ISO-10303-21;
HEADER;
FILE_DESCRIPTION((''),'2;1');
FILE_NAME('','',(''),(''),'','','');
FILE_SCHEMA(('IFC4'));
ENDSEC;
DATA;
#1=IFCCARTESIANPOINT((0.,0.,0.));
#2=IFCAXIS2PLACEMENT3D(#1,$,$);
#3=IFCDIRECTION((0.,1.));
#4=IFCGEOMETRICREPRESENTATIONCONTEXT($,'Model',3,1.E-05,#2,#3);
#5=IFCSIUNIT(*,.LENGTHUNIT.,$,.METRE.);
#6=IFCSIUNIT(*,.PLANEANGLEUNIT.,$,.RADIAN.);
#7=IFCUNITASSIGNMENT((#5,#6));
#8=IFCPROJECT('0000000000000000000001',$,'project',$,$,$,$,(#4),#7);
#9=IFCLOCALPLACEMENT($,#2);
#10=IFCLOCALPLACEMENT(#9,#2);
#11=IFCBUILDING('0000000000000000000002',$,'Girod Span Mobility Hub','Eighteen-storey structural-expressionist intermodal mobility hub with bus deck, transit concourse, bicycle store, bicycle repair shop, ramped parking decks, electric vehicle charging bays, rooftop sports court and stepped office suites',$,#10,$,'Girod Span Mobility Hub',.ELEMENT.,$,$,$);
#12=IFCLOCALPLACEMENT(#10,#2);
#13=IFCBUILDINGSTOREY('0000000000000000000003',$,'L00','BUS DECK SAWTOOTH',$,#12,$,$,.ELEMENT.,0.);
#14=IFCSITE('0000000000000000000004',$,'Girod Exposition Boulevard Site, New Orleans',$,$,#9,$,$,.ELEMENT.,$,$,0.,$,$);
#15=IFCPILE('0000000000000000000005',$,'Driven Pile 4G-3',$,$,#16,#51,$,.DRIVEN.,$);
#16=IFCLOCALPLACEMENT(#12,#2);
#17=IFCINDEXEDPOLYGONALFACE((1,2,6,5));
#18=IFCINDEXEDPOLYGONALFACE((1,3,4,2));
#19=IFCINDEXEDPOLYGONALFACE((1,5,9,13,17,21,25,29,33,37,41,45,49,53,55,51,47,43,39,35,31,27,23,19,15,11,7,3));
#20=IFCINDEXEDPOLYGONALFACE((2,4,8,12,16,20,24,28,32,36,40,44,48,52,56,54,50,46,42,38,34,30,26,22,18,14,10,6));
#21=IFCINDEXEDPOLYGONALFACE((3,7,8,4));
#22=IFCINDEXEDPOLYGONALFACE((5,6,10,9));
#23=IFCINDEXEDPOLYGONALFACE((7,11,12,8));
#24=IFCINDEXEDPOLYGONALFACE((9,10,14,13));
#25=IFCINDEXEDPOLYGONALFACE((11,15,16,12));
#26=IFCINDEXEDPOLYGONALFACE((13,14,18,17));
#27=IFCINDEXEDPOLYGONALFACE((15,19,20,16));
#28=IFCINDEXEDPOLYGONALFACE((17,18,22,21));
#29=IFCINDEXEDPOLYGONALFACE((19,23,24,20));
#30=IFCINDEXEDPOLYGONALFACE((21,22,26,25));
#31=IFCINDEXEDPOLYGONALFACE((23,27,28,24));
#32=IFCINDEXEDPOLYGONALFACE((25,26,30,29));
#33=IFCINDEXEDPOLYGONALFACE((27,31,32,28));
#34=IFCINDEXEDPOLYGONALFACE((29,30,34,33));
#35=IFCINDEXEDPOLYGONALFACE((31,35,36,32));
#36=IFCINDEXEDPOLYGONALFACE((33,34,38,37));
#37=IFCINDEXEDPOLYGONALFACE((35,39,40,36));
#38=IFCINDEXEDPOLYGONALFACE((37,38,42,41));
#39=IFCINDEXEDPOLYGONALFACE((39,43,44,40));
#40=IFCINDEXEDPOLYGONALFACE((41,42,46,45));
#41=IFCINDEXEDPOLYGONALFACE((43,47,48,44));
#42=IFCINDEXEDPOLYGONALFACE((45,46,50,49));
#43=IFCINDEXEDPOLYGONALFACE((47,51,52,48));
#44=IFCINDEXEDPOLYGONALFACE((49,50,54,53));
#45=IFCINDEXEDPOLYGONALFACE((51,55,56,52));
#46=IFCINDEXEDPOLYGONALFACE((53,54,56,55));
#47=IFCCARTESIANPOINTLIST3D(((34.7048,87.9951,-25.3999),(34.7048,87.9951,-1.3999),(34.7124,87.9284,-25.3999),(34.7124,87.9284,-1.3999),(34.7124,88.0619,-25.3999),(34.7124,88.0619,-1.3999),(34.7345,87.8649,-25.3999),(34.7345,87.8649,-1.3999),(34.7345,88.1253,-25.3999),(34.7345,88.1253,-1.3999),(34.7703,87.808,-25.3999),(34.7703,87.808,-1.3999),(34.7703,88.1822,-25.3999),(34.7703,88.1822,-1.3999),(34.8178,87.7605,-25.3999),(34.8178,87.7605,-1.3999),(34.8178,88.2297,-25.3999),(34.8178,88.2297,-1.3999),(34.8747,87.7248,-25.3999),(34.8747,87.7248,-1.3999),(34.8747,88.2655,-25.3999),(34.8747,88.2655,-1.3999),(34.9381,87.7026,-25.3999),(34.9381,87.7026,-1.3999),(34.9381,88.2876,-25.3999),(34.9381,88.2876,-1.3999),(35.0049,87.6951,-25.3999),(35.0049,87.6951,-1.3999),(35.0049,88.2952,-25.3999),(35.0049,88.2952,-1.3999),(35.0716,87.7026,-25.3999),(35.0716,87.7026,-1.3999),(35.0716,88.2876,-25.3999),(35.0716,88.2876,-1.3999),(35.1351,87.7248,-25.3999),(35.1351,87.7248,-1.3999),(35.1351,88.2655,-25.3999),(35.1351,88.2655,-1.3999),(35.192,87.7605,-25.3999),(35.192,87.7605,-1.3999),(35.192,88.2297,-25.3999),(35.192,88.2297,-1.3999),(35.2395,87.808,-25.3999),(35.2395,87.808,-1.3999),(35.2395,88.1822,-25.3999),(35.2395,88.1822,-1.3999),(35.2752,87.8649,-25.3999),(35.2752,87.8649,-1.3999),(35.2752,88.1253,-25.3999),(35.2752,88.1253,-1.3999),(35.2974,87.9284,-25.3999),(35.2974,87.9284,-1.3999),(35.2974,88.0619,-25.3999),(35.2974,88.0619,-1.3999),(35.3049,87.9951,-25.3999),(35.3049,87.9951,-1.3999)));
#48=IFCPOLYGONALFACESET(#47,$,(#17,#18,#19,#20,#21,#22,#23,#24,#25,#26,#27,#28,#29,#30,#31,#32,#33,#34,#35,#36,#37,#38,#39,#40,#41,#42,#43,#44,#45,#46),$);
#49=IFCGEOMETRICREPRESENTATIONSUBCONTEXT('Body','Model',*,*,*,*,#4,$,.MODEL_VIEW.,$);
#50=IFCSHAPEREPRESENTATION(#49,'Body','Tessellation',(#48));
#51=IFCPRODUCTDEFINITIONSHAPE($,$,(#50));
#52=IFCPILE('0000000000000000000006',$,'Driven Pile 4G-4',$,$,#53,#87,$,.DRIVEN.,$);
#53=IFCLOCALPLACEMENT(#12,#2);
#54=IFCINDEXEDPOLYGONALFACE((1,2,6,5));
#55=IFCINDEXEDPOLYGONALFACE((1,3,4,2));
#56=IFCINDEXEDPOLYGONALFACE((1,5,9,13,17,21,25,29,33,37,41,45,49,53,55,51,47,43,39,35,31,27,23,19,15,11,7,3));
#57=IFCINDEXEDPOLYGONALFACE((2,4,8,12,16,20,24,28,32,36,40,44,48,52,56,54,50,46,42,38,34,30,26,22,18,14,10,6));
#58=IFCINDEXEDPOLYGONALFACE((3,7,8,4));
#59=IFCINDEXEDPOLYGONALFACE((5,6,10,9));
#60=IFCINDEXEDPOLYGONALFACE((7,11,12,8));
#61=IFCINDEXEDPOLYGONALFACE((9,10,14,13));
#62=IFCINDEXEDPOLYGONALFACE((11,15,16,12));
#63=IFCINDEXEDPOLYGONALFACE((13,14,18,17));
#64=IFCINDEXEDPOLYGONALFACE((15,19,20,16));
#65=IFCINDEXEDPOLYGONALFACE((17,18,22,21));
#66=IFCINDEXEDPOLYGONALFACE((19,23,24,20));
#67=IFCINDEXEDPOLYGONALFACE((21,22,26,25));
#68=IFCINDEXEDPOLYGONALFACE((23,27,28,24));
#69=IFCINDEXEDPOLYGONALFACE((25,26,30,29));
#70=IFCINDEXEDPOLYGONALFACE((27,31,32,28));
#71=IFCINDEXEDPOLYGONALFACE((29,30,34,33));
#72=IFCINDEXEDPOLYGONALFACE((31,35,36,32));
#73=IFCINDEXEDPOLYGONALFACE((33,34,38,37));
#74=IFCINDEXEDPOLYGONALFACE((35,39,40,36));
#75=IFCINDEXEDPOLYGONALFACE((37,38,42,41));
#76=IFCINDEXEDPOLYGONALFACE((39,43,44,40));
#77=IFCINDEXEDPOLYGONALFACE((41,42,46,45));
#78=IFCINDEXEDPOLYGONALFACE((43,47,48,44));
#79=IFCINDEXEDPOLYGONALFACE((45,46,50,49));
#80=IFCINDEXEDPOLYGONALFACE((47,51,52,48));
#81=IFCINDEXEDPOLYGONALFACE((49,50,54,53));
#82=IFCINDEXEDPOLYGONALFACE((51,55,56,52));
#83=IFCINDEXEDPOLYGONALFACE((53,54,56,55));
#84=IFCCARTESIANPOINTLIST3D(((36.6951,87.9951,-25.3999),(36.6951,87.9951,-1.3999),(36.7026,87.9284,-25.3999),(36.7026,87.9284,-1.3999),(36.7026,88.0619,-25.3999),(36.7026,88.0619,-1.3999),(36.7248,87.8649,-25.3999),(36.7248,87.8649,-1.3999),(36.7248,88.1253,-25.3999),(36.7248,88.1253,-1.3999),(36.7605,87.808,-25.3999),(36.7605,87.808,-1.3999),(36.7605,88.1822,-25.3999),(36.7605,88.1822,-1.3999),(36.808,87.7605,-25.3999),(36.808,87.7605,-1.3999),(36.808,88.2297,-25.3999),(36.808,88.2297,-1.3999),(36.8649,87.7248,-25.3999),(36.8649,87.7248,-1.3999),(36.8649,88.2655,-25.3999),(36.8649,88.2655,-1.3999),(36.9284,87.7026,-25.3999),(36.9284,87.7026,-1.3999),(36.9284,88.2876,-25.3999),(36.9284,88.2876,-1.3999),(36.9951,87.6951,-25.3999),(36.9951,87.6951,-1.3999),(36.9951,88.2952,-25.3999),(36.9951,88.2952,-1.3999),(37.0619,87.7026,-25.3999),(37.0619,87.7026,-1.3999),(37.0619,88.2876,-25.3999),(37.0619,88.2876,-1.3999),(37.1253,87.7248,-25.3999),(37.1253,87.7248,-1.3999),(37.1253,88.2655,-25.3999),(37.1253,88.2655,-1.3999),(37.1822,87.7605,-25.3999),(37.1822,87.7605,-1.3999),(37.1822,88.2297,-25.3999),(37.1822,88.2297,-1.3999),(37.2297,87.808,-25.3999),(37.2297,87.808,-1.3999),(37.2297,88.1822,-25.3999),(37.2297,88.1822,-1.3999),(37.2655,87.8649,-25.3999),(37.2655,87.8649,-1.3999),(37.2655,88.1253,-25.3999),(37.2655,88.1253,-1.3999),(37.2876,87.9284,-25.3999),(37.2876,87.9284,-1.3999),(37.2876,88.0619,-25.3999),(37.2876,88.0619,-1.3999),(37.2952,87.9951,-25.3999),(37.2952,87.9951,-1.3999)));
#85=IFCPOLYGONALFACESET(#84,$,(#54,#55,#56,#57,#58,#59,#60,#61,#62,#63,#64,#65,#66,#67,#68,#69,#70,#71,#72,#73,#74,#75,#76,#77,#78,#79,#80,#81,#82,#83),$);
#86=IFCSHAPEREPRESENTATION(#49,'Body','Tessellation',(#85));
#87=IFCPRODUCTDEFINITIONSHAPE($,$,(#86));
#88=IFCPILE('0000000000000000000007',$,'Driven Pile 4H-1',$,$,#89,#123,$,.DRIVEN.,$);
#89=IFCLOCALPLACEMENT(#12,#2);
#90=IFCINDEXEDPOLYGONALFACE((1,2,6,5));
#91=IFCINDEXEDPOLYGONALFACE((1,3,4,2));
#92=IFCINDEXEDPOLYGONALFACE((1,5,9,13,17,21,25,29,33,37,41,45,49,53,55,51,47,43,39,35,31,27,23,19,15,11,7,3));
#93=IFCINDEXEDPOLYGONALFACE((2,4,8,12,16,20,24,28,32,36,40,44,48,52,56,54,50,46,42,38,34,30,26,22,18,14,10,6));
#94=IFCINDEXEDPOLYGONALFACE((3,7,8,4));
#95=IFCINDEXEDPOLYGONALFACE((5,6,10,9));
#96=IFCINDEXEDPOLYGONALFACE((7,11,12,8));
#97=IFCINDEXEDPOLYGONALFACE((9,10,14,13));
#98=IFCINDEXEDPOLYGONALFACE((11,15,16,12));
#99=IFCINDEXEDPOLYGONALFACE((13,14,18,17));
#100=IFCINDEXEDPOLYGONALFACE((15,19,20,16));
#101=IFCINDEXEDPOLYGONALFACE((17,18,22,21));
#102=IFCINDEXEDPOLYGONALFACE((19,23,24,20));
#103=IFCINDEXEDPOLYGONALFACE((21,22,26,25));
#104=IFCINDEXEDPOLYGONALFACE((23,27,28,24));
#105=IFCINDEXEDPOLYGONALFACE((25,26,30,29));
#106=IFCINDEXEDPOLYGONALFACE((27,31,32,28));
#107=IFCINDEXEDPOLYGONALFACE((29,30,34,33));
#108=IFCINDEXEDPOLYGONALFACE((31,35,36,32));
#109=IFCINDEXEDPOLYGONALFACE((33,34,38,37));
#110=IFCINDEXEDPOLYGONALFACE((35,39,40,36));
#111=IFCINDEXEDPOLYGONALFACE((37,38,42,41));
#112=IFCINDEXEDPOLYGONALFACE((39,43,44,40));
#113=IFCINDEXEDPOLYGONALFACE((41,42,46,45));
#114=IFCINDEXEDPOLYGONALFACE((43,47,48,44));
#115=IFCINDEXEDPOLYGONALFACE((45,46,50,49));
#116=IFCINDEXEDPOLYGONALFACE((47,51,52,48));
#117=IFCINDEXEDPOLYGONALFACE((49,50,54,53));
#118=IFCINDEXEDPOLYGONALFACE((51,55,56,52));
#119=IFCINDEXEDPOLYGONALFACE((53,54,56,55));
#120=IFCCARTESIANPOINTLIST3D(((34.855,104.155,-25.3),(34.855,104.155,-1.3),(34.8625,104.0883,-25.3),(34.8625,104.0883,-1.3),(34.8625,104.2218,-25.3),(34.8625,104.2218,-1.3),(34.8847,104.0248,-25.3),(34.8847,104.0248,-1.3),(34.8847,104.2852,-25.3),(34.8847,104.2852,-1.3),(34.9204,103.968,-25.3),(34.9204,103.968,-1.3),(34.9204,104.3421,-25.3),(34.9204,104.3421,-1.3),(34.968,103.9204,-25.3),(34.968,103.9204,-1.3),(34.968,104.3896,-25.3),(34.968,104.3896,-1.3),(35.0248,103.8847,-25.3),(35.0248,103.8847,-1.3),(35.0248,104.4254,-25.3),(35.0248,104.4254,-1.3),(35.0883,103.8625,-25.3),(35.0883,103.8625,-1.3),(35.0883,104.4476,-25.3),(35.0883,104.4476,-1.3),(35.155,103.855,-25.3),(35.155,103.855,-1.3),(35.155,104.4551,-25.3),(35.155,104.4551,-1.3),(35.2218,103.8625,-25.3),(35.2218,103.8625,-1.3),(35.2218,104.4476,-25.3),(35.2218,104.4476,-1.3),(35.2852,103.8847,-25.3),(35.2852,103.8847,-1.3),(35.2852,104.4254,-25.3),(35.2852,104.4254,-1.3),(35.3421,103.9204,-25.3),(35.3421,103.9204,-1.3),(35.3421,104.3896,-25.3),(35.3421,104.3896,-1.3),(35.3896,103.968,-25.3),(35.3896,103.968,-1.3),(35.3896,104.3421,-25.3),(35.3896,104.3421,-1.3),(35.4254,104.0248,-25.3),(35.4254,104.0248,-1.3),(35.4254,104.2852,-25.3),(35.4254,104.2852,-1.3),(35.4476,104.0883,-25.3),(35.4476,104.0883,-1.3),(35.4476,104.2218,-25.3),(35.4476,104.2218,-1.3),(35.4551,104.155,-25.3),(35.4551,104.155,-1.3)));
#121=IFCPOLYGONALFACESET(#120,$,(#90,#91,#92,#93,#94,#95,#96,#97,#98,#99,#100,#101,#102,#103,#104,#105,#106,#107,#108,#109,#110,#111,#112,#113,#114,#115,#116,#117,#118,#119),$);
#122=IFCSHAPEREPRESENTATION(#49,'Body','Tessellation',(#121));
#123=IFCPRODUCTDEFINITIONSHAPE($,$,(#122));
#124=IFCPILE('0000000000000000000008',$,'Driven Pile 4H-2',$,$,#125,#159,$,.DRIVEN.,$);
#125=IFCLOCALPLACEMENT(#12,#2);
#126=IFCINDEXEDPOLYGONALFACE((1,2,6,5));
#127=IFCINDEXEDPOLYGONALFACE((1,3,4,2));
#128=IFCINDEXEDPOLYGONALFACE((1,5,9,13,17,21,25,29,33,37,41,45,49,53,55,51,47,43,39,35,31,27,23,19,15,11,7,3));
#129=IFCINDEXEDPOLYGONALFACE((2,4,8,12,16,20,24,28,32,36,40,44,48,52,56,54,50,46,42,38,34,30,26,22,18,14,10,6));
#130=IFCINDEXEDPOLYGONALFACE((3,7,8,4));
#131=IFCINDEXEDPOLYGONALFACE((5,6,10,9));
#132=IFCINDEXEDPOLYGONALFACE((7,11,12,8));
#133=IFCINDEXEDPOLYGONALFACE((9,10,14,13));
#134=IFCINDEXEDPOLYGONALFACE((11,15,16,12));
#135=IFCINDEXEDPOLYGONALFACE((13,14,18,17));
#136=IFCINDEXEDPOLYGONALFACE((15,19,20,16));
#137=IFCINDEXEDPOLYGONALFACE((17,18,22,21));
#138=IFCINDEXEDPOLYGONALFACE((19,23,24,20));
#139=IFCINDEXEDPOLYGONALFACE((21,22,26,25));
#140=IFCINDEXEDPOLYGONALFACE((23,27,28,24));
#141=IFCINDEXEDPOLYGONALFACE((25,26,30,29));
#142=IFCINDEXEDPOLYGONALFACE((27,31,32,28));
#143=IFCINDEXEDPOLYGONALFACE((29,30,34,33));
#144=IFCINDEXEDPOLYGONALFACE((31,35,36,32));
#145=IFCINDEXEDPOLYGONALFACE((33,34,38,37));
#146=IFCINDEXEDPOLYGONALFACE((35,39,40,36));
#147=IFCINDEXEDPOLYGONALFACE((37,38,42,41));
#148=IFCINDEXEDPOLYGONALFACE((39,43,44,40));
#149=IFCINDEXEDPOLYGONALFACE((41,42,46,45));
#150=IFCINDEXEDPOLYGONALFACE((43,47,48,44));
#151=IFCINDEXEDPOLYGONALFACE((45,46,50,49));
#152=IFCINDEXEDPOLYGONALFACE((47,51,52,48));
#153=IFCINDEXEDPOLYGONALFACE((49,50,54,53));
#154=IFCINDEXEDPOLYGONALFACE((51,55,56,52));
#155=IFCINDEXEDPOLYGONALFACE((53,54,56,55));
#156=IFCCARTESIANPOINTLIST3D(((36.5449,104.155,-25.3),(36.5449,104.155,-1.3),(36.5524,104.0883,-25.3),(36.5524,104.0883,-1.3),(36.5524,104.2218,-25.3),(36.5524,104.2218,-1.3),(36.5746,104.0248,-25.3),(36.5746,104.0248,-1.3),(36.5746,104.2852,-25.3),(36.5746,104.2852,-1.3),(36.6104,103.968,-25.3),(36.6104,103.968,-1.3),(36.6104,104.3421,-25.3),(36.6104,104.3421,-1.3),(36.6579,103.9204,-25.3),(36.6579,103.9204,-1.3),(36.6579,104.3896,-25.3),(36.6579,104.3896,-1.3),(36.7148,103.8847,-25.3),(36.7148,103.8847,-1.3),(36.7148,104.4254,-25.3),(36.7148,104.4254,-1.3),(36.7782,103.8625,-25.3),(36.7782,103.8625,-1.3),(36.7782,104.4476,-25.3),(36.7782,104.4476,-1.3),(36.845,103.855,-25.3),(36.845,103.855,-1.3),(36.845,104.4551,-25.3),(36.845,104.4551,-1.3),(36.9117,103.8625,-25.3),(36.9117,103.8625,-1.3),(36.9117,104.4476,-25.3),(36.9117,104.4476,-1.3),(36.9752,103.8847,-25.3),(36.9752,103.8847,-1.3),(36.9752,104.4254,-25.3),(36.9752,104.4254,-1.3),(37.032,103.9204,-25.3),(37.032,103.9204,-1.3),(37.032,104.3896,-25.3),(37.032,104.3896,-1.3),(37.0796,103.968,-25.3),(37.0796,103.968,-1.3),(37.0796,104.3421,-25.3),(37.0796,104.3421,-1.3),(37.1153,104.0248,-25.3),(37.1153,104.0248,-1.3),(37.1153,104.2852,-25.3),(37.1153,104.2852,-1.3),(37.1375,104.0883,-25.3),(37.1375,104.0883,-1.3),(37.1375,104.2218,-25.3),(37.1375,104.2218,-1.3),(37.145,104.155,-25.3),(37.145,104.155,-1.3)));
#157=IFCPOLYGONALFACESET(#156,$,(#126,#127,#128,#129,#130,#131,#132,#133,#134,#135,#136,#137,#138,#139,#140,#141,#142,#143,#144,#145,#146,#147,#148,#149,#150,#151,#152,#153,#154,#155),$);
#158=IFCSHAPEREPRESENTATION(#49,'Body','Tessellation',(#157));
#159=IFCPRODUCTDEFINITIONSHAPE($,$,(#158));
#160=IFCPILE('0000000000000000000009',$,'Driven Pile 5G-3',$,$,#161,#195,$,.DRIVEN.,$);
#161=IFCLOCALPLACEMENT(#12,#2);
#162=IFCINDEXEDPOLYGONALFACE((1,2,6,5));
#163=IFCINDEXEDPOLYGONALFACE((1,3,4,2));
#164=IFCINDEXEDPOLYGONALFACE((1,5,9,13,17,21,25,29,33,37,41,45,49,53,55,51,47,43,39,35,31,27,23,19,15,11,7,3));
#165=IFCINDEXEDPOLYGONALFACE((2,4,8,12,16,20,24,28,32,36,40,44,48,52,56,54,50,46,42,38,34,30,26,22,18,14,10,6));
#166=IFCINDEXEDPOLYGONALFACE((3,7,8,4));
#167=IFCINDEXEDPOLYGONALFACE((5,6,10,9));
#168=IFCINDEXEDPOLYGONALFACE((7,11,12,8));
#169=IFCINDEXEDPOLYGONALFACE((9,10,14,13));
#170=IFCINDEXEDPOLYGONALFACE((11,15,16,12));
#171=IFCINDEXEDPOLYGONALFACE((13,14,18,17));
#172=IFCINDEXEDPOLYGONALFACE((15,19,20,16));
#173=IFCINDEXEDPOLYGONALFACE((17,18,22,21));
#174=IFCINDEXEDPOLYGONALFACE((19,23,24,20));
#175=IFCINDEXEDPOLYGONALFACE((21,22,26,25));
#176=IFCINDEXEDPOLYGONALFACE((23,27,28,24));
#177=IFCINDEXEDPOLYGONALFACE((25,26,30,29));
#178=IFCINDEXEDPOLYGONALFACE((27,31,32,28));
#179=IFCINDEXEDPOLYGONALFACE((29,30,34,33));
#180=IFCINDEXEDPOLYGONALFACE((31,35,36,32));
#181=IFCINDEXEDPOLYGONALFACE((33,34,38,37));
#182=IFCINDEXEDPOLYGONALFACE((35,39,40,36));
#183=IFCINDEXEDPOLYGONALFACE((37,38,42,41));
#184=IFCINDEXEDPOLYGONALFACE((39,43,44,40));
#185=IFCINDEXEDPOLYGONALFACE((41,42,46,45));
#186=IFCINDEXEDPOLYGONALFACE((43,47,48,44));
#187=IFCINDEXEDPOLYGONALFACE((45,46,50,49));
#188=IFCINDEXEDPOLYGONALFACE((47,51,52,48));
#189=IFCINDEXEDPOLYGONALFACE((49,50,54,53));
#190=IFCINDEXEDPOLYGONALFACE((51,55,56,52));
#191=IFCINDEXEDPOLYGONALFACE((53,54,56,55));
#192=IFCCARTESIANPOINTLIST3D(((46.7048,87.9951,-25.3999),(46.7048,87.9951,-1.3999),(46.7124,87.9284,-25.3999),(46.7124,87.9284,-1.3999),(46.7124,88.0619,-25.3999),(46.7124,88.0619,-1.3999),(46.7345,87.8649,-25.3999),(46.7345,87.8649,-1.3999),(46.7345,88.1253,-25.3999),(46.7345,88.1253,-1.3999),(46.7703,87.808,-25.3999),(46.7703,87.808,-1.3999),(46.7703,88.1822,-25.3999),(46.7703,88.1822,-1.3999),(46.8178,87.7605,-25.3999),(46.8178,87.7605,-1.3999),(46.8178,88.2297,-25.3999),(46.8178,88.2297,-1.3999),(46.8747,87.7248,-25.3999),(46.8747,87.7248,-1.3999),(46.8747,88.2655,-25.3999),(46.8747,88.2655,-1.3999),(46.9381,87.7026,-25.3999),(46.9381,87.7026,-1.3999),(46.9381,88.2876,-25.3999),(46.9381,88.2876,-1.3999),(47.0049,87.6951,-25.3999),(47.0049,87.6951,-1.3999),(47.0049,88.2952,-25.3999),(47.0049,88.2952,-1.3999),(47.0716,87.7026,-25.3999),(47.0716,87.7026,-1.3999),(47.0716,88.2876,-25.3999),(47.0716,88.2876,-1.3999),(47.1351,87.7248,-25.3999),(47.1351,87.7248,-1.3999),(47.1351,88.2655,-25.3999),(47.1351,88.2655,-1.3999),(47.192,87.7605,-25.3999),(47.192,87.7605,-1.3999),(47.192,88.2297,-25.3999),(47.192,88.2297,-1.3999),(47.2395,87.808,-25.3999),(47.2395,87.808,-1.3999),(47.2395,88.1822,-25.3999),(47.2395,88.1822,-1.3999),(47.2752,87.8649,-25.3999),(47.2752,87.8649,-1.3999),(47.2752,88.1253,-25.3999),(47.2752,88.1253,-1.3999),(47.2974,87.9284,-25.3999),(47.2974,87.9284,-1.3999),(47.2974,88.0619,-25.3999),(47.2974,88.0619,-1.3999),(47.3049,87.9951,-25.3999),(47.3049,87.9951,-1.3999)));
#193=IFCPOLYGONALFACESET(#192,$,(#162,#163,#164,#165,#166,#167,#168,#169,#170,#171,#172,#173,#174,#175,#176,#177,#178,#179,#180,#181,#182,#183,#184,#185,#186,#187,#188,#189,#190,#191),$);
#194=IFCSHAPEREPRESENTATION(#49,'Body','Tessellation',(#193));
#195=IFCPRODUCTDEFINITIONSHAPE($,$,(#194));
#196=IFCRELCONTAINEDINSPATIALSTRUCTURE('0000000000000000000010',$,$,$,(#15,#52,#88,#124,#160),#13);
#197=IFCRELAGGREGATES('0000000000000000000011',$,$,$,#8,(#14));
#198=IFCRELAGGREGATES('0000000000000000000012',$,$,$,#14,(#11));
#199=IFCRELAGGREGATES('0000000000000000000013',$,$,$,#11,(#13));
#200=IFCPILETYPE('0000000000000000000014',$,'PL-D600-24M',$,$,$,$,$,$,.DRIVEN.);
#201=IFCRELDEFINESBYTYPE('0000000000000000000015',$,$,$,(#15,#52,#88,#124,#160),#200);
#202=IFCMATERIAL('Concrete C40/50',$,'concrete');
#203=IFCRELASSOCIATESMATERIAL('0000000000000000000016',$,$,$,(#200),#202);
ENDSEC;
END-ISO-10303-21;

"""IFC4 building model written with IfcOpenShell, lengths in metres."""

from ifc_helpers import new_model, si_unit, direction, frame, origin, origin_2d, place, context, subcontext, project, spatial, circle, extrude, material, material_profile, profile_set, type_object, element, save


model = new_model("IFC4")

# Units and contexts
model_context = context("Model", 3, precision=1e-05, world=origin(), true_north=direction((0.0, 1.0)))
body_context = subcontext(model_context, "Body", "Model", "MODEL_VIEW")
ifc_project = project(units=[si_unit("LENGTHUNIT", "METRE"), si_unit("PLANEANGLEUNIT", "RADIAN")], contexts=[model_context])

# Site, building, storey
site_placement = place(None, origin())
site = spatial("IfcSite", under=ifc_project, at=site_placement, Name="Girod Exposition Boulevard Site, New Orleans", CompositionType="ELEMENT", RefElevation=0.0)
building_placement = place(site_placement, origin())
building = spatial("IfcBuilding", under=site, at=building_placement, Name="Girod Span Mobility Hub", Description="Eighteen-storey structural-expressionist intermodal mobility hub with bus deck, transit concourse, bicycle store, bicycle repair shop, ramped parking decks, electric vehicle charging bays, rooftop sports court and stepped office suites", LongName="Girod Span Mobility Hub", CompositionType="ELEMENT")
storey_placement = place(building_placement, origin())
storey = spatial("IfcBuildingStorey", under=building, at=storey_placement, Name="L00", Description="BUS DECK SAWTOOTH", CompositionType="ELEMENT", Elevation=0.0)

# Piles
ifc_material_1 = material(Name="Concrete C40/50", Category="concrete")
ifc_material_profile_1 = material_profile(ifc_material_1, circle(Radius=0.3, at=origin_2d()), Name="PILE-D600")
ifc_profile_set_1 = profile_set([ifc_material_profile_1], Name="Concrete C40/50")
pile_type = type_object("IfcPileType", Name="PL-D600-24M", PredefinedType="DRIVEN", material=ifc_profile_set_1)
for number, where, z_axis, x_axis, name in (
    (1, (35.0049, 87.9951, -1.3999), (0.0, 0.0, -1.0), (1.0, 0.0, 0.0), "Driven Pile 4G-3"),
    (2, (36.9951, 87.9951, -1.3999), (0.0, 0.0, -1.0), (1.0, 0.0, 0.0), "Driven Pile 4G-4"),
    (3, (35.155, 104.155, -1.3), (0.0, 0.0, -1.0), (1.0, 0.0, 0.0), "Driven Pile 4H-1"),
    (4, (36.845, 104.155, -1.3), (0.0, 0.0, -1.0), (1.0, 0.0, 0.0), "Driven Pile 4H-2"),
    (5, (47.0049, 87.9951, -1.3999), (0.0, 0.0, -1.0), (1.0, 0.0, 0.0), "Driven Pile 5G-3"),
):
    element("IfcPile", number, at=place(storey_placement, frame(where, z_axis=z_axis, x_axis=x_axis)), inside=storey, type_object=pile_type, Name=name, PredefinedType="DRIVEN", context=body_context, shape_type="SweptSolid", body=[
        extrude(circle(Radius=0.3, at=origin_2d()), origin(), (0.0, 0.0, 1.0), 24.0),
    ])

save(model, "model.ifc")
